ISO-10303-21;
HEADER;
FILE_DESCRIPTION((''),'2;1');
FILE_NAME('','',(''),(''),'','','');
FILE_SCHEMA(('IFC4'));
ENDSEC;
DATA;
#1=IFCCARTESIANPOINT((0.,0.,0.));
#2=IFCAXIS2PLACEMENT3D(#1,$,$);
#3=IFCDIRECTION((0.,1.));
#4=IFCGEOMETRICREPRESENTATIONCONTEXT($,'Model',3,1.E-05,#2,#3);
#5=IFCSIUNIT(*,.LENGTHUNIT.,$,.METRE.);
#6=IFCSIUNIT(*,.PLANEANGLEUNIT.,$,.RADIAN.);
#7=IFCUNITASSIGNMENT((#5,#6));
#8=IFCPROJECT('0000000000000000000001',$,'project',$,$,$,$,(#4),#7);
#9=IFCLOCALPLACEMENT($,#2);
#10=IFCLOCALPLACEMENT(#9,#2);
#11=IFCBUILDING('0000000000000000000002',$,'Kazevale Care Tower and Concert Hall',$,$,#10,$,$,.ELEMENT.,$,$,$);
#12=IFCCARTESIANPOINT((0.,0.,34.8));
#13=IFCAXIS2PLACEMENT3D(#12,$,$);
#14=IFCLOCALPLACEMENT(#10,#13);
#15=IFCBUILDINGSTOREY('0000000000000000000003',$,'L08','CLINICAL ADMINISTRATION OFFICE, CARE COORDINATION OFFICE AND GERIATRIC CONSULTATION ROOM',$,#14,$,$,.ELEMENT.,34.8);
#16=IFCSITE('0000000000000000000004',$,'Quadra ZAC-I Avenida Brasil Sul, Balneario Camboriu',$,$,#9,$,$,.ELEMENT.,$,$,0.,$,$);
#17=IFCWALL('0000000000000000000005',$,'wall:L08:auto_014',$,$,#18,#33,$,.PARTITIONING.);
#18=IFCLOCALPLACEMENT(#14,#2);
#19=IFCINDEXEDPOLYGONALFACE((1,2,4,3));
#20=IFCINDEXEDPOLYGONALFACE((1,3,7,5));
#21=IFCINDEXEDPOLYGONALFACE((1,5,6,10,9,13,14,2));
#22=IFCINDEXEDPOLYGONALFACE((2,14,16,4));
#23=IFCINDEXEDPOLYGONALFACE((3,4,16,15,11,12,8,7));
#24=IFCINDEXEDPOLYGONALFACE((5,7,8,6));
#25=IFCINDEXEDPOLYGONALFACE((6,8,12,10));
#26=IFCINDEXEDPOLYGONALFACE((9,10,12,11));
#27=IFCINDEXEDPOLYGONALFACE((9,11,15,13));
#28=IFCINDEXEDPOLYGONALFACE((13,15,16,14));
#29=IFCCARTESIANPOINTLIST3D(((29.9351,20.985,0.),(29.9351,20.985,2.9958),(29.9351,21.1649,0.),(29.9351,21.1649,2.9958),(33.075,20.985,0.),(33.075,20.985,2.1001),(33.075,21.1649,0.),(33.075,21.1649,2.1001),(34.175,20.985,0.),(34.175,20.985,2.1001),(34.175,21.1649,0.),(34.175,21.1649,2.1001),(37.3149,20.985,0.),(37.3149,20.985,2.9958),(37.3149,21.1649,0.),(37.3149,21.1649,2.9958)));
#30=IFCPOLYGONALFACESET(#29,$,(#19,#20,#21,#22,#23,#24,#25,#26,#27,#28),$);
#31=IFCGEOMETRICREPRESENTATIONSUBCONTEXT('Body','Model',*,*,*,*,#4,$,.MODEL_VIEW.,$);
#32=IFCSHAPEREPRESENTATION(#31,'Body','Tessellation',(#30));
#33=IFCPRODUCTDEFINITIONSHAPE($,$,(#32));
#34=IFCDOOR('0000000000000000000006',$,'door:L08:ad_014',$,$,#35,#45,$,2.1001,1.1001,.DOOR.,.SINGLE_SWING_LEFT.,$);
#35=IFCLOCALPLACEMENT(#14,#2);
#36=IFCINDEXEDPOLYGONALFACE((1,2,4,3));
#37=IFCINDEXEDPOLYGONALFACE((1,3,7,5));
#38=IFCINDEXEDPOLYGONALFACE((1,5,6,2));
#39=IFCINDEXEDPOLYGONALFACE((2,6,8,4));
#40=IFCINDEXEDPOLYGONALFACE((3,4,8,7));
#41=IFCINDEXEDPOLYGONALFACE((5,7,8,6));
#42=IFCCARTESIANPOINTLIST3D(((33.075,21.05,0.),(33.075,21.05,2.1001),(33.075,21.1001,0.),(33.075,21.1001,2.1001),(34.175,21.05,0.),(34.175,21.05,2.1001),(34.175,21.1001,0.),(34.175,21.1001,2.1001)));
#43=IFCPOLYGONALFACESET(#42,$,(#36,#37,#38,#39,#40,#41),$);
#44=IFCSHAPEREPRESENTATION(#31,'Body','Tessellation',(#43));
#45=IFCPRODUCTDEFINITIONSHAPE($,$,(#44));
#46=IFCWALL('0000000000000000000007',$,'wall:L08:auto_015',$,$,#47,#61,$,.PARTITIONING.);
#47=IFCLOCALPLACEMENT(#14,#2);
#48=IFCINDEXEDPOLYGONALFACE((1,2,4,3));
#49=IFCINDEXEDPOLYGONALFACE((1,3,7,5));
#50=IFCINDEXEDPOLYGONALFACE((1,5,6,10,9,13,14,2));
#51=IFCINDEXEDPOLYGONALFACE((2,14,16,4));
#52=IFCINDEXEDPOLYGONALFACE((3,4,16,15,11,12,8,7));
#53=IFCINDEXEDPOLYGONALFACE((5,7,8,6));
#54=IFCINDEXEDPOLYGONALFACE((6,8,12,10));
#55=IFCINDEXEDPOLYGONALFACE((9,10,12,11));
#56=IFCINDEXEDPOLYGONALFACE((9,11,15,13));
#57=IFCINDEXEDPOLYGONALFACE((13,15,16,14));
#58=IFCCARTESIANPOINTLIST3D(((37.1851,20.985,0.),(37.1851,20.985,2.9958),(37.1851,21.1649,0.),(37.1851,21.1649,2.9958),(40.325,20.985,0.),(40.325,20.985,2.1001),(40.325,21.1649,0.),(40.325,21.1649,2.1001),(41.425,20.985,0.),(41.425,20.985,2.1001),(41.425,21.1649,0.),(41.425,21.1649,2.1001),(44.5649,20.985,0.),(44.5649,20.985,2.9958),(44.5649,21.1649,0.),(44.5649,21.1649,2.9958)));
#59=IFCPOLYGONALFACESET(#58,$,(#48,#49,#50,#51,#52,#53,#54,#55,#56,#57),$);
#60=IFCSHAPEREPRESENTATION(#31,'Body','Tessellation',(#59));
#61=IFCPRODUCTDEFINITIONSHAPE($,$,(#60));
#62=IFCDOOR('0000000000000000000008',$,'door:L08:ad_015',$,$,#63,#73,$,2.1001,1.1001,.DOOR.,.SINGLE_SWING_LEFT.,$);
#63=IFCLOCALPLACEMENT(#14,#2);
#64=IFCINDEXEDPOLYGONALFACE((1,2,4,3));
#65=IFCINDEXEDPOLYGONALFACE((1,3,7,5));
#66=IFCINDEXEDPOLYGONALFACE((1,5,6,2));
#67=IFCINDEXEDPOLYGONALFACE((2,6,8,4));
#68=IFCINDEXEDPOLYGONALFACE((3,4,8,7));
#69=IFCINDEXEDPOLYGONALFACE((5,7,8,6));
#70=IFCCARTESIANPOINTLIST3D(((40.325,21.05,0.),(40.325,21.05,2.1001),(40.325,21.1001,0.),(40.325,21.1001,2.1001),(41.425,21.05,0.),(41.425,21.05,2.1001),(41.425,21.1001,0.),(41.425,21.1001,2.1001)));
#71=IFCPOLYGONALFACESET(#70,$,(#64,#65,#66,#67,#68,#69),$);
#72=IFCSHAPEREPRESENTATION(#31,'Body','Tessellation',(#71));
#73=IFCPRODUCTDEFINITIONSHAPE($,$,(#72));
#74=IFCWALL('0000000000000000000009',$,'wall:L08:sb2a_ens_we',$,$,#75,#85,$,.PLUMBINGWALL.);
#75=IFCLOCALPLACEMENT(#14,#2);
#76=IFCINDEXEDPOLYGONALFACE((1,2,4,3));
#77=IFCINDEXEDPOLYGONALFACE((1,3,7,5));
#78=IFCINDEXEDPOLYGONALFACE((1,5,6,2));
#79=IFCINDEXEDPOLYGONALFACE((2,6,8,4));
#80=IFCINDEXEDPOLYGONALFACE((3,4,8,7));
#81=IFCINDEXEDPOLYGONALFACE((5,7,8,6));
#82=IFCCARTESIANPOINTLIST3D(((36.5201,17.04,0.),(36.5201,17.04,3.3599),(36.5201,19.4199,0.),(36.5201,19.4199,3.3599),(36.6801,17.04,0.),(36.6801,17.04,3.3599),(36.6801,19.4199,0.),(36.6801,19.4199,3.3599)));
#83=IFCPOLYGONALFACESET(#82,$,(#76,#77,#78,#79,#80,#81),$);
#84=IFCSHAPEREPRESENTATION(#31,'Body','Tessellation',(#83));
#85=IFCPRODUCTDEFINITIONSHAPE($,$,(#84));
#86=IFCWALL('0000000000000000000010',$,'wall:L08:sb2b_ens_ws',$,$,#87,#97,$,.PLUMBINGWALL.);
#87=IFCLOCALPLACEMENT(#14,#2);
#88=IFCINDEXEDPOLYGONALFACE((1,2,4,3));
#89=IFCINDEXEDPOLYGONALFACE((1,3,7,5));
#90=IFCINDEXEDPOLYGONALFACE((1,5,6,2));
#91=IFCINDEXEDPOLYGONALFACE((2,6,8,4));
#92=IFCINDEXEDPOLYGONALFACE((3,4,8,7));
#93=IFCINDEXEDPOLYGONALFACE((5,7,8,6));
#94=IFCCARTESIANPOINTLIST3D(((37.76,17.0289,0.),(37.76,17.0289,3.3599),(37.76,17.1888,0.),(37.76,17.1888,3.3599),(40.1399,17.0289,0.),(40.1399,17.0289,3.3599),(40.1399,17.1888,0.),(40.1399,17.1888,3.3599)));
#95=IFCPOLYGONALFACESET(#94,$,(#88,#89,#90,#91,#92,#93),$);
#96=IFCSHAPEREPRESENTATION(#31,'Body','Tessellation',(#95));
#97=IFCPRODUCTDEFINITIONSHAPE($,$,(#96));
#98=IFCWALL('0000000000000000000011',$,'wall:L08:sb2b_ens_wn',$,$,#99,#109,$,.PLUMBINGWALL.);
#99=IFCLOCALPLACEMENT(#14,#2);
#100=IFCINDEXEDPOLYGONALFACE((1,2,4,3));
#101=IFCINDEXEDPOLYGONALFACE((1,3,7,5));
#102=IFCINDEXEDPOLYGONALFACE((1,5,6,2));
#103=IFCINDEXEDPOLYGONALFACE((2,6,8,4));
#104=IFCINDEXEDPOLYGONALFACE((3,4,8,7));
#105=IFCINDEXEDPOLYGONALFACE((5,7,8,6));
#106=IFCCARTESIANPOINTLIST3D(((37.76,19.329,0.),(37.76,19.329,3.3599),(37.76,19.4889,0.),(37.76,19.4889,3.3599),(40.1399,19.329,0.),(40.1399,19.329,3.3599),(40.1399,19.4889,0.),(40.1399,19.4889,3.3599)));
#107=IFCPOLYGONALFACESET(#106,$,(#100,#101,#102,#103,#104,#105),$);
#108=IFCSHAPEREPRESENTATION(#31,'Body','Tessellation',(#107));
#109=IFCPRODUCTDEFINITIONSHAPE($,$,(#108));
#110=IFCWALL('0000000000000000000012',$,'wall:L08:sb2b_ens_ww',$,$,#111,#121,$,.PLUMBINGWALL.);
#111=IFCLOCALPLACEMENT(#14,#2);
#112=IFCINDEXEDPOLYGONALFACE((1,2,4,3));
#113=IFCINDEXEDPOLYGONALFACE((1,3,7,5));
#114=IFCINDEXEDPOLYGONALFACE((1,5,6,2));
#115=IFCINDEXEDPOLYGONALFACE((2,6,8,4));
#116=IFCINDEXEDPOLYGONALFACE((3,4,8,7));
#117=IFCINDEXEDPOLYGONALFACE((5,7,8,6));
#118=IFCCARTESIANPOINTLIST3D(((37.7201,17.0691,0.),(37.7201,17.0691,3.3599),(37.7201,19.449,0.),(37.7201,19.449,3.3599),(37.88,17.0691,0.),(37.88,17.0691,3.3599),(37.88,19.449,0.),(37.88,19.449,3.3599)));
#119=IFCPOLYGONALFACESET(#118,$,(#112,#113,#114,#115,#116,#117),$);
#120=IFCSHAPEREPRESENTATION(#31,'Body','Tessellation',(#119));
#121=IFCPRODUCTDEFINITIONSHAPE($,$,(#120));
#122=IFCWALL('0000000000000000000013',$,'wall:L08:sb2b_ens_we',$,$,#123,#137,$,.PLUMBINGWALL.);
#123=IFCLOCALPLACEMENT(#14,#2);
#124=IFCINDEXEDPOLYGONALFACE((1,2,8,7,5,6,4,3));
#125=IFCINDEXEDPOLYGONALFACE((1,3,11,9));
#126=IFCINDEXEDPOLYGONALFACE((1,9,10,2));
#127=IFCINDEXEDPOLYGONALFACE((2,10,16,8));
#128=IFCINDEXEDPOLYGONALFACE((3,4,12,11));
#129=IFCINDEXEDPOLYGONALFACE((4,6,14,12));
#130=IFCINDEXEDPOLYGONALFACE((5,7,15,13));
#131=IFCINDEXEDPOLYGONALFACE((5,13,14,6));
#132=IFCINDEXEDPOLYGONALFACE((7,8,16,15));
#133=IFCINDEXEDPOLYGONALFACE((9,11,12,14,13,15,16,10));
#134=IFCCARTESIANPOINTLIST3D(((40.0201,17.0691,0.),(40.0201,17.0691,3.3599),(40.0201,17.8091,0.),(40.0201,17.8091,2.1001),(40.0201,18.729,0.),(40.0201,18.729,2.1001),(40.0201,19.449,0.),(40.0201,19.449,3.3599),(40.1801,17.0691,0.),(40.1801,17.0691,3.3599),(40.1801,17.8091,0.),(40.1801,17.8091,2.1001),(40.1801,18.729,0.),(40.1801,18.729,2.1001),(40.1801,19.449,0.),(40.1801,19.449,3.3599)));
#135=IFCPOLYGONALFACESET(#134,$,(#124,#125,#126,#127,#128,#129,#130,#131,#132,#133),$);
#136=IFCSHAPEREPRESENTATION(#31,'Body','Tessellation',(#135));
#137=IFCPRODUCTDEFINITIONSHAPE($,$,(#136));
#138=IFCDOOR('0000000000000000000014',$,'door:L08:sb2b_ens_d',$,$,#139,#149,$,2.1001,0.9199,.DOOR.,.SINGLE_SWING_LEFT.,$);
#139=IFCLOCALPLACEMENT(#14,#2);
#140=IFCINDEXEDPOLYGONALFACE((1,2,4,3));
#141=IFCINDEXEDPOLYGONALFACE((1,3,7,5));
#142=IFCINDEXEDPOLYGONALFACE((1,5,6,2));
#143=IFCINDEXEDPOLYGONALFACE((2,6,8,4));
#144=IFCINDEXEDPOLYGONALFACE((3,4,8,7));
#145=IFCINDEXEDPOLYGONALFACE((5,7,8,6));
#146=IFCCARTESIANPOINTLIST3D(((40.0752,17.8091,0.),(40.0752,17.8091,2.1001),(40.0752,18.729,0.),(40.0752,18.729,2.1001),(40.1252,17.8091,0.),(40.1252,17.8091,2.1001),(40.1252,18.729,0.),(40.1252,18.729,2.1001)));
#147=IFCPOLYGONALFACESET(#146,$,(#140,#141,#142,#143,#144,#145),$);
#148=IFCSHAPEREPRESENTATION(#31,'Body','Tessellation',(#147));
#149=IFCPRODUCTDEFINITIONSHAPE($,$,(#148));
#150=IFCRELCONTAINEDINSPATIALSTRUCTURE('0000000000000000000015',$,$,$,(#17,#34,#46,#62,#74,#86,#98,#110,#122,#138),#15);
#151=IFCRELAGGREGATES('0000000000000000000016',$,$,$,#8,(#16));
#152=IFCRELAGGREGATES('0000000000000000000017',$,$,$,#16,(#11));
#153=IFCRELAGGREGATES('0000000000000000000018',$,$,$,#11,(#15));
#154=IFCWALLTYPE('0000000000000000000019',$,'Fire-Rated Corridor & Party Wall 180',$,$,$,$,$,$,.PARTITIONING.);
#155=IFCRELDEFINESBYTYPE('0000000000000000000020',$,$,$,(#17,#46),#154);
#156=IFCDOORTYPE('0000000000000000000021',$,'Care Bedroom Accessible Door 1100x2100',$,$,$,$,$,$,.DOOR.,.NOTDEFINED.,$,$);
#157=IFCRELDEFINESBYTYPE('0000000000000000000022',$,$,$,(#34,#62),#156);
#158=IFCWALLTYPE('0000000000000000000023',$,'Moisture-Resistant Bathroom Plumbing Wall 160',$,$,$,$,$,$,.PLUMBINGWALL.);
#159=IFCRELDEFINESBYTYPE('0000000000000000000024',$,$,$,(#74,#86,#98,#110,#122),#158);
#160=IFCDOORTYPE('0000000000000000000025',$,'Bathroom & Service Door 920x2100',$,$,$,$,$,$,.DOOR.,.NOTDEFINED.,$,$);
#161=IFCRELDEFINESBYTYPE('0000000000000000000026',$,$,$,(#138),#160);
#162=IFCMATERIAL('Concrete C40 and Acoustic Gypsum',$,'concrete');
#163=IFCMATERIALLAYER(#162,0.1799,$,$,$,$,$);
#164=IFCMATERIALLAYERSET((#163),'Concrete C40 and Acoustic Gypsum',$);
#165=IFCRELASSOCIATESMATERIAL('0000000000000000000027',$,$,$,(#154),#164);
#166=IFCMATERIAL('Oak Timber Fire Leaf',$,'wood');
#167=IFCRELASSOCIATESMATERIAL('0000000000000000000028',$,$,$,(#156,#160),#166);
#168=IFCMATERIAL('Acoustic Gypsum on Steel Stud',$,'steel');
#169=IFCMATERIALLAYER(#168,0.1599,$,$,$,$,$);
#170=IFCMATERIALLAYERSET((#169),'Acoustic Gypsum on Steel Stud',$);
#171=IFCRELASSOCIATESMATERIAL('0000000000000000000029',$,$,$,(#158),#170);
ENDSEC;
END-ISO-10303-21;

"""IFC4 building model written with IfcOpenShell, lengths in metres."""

from ifc_helpers import new_model, si_unit, direction, frame, frame_2d, origin, place, context, subcontext, project, spatial, rectangle, extrude, material, layer, layer_set, type_object, element, fill, save


model = new_model("IFC4")

# Units and contexts
model_context = context("Model", 3, precision=1e-05, world=origin(), true_north=direction((0.0, 1.0)))
body_context = subcontext(model_context, "Body", "Model", "MODEL_VIEW")
ifc_project = project(units=[si_unit("LENGTHUNIT", "METRE"), si_unit("PLANEANGLEUNIT", "RADIAN")], contexts=[model_context])

# Site, building, storey
site_placement = place(None, origin())
site = spatial("IfcSite", under=ifc_project, at=site_placement, Name="Quadra ZAC-I Avenida Brasil Sul, Balneario Camboriu", CompositionType="ELEMENT", RefElevation=0.0)
building_placement = place(site_placement, origin())
building = spatial("IfcBuilding", under=site, at=building_placement, Name="Kazevale Care Tower and Concert Hall", CompositionType="ELEMENT")
storey_placement = place(building_placement, frame((0.0, 0.0, 34.8)))
storey = spatial("IfcBuildingStorey", under=building, at=storey_placement, Name="L08", Description="CLINICAL ADMINISTRATION OFFICE, CARE COORDINATION OFFICE AND GERIATRIC CONSULTATION ROOM", CompositionType="ELEMENT", Elevation=34.8)

# Shared definitions
ifc_material_1 = material(Name="Acoustic Gypsum on Steel Stud", Category="steel")

# Walls, openings, doors
ifc_material_2 = material(Name="Concrete C40 and Acoustic Gypsum", Category="concrete")
ifc_layer_1 = layer(ifc_material_2, 0.1799)
ifc_layer_set_1 = layer_set([ifc_layer_1], Name="Concrete C40 and Acoustic Gypsum")
wall_type_1 = type_object("IfcWallType", Name="Fire-Rated Corridor & Party Wall 180", PredefinedType="PARTITIONING", material=ifc_layer_set_1)
wall_1_placement = place(storey_placement, frame((37.3149, 21.075, 0.0), z_axis=(0.0, 0.0, 1.0), x_axis=(-1.0, 0.0, 0.0)))
wall_1 = element("IfcWall", 1, at=wall_1_placement, inside=storey, type_object=wall_type_1, Name="wall:L08:auto_014", PredefinedType="PARTITIONING", context=body_context, shape_type="SweptSolid", body=[
    extrude(rectangle(XDim=7.3799, YDim=0.1799, at=frame_2d((3.6899, 0.0))), origin(), (0.0, 0.0, 1.0), 2.9958),
])
opening_1_placement = place(wall_1_placement, frame((3.1399, 0.0, 0.0)))
opening_1 = element("IfcOpeningElement", 2, at=opening_1_placement, cuts=wall_1, PredefinedType="OPENING", context=body_context, shape_type="SweptSolid", body=[
    extrude(rectangle(XDim=1.1001, YDim=2.1001, at=frame_2d((0.55, 1.05))), frame((0.0, 0.0999, 0.0), z_axis=(0.0, -1.0, 0.0), x_axis=(1.0, 0.0, 0.0)), (0.0, 0.0, 1.0), 0.2),
])
ifc_material_3 = material(Name="Oak Timber Fire Leaf", Category="wood")
door_type_1 = type_object("IfcDoorType", Name="Care Bedroom Accessible Door 1100x2100", OperationType="NOTDEFINED", PredefinedType="DOOR", material=ifc_material_3)
door_1_placement = place(opening_1_placement, origin())
door_1 = element("IfcDoor", 3, at=door_1_placement, inside=storey, type_object=door_type_1, Name="door:L08:ad_014", OperationType="SINGLE_SWING_LEFT", OverallHeight=2.1001, OverallWidth=1.1001, PredefinedType="DOOR", context=body_context, shape_type="SweptSolid", body=[
    extrude(rectangle(XDim=1.1001, YDim=2.1001, at=frame_2d((0.55, 1.05))), frame((0.0, 0.0249, 0.0), z_axis=(0.0, -1.0, 0.0), x_axis=(1.0, 0.0, 0.0)), (0.0, 0.0, 1.0), 0.05),
])
fill(opening_1, door_1)
wall_2_placement = place(storey_placement, frame((44.5649, 21.075, 0.0), z_axis=(0.0, 0.0, 1.0), x_axis=(-1.0, 0.0, 0.0)))
wall_2 = element("IfcWall", 4, at=wall_2_placement, inside=storey, type_object=wall_type_1, Name="wall:L08:auto_015", PredefinedType="PARTITIONING", context=body_context, shape_type="SweptSolid", body=[
    extrude(rectangle(XDim=7.3799, YDim=0.1799, at=frame_2d((3.6899, 0.0))), origin(), (0.0, 0.0, 1.0), 2.9958),
])
opening_2_placement = place(wall_2_placement, frame((3.1399, 0.0, 0.0)))
opening_2 = element("IfcOpeningElement", 5, at=opening_2_placement, cuts=wall_2, PredefinedType="OPENING", context=body_context, shape_type="SweptSolid", body=[
    extrude(rectangle(XDim=1.1001, YDim=2.1001, at=frame_2d((0.55, 1.05))), frame((0.0, 0.0999, 0.0), z_axis=(0.0, -1.0, 0.0), x_axis=(1.0, 0.0, 0.0)), (0.0, 0.0, 1.0), 0.2),
])
door_2_placement = place(opening_2_placement, origin())
door_2 = element("IfcDoor", 6, at=door_2_placement, inside=storey, type_object=door_type_1, Name="door:L08:ad_015", OperationType="SINGLE_SWING_LEFT", OverallHeight=2.1001, OverallWidth=1.1001, PredefinedType="DOOR", context=body_context, shape_type="SweptSolid", body=[
    extrude(rectangle(XDim=1.1001, YDim=2.1001, at=frame_2d((0.55, 1.05))), frame((0.0, 0.0249, 0.0), z_axis=(0.0, -1.0, 0.0), x_axis=(1.0, 0.0, 0.0)), (0.0, 0.0, 1.0), 0.05),
])
fill(opening_2, door_2)

# Walls
ifc_layer_2 = layer(ifc_material_1, 0.1599)
ifc_layer_set_2 = layer_set([ifc_layer_2], Name="Acoustic Gypsum on Steel Stud")
wall_type_2 = type_object("IfcWallType", Name="Moisture-Resistant Bathroom Plumbing Wall 160", PredefinedType="PLUMBINGWALL", material=ifc_layer_set_2)
for number, where, z_axis, x_axis, name in (
    (7, (36.6001, 17.04, 0.0), (0.0, 0.0, 1.0), (0.0, 1.0, 0.0), "wall:L08:sb2a_ens_we"),
    (8, (37.76, 17.1089, 0.0), (0.0, 0.0, 1.0), (1.0, 0.0, 0.0), "wall:L08:sb2b_ens_ws"),
    (9, (37.76, 19.4089, 0.0), (0.0, 0.0, 1.0), (1.0, 0.0, 0.0), "wall:L08:sb2b_ens_wn"),
    (10, (37.8, 17.0691, 0.0), (0.0, 0.0, 1.0), (0.0, 1.0, 0.0), "wall:L08:sb2b_ens_ww"),
):
    element("IfcWall", number, at=place(storey_placement, frame(where, z_axis=z_axis, x_axis=x_axis)), inside=storey, type_object=wall_type_2, Name=name, PredefinedType="PLUMBINGWALL", context=body_context, shape_type="SweptSolid", body=[
        extrude(rectangle(XDim=2.3799, YDim=0.1599, at=frame_2d((1.1899, 0.0))), origin(), (0.0, 0.0, 1.0), 3.3599),
    ])

# Wall, opening, door
wall_3_placement = place(storey_placement, frame((40.1001, 17.0691, 0.0), z_axis=(0.0, 0.0, 1.0), x_axis=(0.0, 1.0, 0.0)))
wall_3 = element("IfcWall", 11, at=wall_3_placement, inside=storey, type_object=wall_type_2, Name="wall:L08:sb2b_ens_we", PredefinedType="PLUMBINGWALL", context=body_context, shape_type="SweptSolid", body=[
    extrude(rectangle(XDim=2.3799, YDim=0.1599, at=frame_2d((1.1899, 0.0))), origin(), (0.0, 0.0, 1.0), 3.3599),
])
opening_3_placement = place(wall_3_placement, frame((0.74, 0.0, 0.0)))
opening_3 = element("IfcOpeningElement", 12, at=opening_3_placement, cuts=wall_3, PredefinedType="OPENING", context=body_context, shape_type="SweptSolid", body=[
    extrude(rectangle(XDim=0.9199, YDim=2.1001, at=frame_2d((0.46, 1.05))), frame((0.0, 0.0898, 0.0), z_axis=(0.0, -1.0, 0.0), x_axis=(1.0, 0.0, 0.0)), (0.0, 0.0, 1.0), 0.1799),
])
door_type_2 = type_object("IfcDoorType", Name="Bathroom & Service Door 920x2100", OperationType="NOTDEFINED", PredefinedType="DOOR", material=ifc_material_3)
door_3_placement = place(opening_3_placement, origin())
door_3 = element("IfcDoor", 13, at=door_3_placement, inside=storey, type_object=door_type_2, Name="door:L08:sb2b_ens_d", OperationType="SINGLE_SWING_LEFT", OverallHeight=2.1001, OverallWidth=0.9199, PredefinedType="DOOR", context=body_context, shape_type="SweptSolid", body=[
    extrude(rectangle(XDim=0.9199, YDim=2.1001, at=frame_2d((0.46, 1.05))), frame((0.0, 0.0249, 0.0), z_axis=(0.0, -1.0, 0.0), x_axis=(1.0, 0.0, 0.0)), (0.0, 0.0, 1.0), 0.05),
])
fill(opening_3, door_3)

save(model, "model.ifc")
